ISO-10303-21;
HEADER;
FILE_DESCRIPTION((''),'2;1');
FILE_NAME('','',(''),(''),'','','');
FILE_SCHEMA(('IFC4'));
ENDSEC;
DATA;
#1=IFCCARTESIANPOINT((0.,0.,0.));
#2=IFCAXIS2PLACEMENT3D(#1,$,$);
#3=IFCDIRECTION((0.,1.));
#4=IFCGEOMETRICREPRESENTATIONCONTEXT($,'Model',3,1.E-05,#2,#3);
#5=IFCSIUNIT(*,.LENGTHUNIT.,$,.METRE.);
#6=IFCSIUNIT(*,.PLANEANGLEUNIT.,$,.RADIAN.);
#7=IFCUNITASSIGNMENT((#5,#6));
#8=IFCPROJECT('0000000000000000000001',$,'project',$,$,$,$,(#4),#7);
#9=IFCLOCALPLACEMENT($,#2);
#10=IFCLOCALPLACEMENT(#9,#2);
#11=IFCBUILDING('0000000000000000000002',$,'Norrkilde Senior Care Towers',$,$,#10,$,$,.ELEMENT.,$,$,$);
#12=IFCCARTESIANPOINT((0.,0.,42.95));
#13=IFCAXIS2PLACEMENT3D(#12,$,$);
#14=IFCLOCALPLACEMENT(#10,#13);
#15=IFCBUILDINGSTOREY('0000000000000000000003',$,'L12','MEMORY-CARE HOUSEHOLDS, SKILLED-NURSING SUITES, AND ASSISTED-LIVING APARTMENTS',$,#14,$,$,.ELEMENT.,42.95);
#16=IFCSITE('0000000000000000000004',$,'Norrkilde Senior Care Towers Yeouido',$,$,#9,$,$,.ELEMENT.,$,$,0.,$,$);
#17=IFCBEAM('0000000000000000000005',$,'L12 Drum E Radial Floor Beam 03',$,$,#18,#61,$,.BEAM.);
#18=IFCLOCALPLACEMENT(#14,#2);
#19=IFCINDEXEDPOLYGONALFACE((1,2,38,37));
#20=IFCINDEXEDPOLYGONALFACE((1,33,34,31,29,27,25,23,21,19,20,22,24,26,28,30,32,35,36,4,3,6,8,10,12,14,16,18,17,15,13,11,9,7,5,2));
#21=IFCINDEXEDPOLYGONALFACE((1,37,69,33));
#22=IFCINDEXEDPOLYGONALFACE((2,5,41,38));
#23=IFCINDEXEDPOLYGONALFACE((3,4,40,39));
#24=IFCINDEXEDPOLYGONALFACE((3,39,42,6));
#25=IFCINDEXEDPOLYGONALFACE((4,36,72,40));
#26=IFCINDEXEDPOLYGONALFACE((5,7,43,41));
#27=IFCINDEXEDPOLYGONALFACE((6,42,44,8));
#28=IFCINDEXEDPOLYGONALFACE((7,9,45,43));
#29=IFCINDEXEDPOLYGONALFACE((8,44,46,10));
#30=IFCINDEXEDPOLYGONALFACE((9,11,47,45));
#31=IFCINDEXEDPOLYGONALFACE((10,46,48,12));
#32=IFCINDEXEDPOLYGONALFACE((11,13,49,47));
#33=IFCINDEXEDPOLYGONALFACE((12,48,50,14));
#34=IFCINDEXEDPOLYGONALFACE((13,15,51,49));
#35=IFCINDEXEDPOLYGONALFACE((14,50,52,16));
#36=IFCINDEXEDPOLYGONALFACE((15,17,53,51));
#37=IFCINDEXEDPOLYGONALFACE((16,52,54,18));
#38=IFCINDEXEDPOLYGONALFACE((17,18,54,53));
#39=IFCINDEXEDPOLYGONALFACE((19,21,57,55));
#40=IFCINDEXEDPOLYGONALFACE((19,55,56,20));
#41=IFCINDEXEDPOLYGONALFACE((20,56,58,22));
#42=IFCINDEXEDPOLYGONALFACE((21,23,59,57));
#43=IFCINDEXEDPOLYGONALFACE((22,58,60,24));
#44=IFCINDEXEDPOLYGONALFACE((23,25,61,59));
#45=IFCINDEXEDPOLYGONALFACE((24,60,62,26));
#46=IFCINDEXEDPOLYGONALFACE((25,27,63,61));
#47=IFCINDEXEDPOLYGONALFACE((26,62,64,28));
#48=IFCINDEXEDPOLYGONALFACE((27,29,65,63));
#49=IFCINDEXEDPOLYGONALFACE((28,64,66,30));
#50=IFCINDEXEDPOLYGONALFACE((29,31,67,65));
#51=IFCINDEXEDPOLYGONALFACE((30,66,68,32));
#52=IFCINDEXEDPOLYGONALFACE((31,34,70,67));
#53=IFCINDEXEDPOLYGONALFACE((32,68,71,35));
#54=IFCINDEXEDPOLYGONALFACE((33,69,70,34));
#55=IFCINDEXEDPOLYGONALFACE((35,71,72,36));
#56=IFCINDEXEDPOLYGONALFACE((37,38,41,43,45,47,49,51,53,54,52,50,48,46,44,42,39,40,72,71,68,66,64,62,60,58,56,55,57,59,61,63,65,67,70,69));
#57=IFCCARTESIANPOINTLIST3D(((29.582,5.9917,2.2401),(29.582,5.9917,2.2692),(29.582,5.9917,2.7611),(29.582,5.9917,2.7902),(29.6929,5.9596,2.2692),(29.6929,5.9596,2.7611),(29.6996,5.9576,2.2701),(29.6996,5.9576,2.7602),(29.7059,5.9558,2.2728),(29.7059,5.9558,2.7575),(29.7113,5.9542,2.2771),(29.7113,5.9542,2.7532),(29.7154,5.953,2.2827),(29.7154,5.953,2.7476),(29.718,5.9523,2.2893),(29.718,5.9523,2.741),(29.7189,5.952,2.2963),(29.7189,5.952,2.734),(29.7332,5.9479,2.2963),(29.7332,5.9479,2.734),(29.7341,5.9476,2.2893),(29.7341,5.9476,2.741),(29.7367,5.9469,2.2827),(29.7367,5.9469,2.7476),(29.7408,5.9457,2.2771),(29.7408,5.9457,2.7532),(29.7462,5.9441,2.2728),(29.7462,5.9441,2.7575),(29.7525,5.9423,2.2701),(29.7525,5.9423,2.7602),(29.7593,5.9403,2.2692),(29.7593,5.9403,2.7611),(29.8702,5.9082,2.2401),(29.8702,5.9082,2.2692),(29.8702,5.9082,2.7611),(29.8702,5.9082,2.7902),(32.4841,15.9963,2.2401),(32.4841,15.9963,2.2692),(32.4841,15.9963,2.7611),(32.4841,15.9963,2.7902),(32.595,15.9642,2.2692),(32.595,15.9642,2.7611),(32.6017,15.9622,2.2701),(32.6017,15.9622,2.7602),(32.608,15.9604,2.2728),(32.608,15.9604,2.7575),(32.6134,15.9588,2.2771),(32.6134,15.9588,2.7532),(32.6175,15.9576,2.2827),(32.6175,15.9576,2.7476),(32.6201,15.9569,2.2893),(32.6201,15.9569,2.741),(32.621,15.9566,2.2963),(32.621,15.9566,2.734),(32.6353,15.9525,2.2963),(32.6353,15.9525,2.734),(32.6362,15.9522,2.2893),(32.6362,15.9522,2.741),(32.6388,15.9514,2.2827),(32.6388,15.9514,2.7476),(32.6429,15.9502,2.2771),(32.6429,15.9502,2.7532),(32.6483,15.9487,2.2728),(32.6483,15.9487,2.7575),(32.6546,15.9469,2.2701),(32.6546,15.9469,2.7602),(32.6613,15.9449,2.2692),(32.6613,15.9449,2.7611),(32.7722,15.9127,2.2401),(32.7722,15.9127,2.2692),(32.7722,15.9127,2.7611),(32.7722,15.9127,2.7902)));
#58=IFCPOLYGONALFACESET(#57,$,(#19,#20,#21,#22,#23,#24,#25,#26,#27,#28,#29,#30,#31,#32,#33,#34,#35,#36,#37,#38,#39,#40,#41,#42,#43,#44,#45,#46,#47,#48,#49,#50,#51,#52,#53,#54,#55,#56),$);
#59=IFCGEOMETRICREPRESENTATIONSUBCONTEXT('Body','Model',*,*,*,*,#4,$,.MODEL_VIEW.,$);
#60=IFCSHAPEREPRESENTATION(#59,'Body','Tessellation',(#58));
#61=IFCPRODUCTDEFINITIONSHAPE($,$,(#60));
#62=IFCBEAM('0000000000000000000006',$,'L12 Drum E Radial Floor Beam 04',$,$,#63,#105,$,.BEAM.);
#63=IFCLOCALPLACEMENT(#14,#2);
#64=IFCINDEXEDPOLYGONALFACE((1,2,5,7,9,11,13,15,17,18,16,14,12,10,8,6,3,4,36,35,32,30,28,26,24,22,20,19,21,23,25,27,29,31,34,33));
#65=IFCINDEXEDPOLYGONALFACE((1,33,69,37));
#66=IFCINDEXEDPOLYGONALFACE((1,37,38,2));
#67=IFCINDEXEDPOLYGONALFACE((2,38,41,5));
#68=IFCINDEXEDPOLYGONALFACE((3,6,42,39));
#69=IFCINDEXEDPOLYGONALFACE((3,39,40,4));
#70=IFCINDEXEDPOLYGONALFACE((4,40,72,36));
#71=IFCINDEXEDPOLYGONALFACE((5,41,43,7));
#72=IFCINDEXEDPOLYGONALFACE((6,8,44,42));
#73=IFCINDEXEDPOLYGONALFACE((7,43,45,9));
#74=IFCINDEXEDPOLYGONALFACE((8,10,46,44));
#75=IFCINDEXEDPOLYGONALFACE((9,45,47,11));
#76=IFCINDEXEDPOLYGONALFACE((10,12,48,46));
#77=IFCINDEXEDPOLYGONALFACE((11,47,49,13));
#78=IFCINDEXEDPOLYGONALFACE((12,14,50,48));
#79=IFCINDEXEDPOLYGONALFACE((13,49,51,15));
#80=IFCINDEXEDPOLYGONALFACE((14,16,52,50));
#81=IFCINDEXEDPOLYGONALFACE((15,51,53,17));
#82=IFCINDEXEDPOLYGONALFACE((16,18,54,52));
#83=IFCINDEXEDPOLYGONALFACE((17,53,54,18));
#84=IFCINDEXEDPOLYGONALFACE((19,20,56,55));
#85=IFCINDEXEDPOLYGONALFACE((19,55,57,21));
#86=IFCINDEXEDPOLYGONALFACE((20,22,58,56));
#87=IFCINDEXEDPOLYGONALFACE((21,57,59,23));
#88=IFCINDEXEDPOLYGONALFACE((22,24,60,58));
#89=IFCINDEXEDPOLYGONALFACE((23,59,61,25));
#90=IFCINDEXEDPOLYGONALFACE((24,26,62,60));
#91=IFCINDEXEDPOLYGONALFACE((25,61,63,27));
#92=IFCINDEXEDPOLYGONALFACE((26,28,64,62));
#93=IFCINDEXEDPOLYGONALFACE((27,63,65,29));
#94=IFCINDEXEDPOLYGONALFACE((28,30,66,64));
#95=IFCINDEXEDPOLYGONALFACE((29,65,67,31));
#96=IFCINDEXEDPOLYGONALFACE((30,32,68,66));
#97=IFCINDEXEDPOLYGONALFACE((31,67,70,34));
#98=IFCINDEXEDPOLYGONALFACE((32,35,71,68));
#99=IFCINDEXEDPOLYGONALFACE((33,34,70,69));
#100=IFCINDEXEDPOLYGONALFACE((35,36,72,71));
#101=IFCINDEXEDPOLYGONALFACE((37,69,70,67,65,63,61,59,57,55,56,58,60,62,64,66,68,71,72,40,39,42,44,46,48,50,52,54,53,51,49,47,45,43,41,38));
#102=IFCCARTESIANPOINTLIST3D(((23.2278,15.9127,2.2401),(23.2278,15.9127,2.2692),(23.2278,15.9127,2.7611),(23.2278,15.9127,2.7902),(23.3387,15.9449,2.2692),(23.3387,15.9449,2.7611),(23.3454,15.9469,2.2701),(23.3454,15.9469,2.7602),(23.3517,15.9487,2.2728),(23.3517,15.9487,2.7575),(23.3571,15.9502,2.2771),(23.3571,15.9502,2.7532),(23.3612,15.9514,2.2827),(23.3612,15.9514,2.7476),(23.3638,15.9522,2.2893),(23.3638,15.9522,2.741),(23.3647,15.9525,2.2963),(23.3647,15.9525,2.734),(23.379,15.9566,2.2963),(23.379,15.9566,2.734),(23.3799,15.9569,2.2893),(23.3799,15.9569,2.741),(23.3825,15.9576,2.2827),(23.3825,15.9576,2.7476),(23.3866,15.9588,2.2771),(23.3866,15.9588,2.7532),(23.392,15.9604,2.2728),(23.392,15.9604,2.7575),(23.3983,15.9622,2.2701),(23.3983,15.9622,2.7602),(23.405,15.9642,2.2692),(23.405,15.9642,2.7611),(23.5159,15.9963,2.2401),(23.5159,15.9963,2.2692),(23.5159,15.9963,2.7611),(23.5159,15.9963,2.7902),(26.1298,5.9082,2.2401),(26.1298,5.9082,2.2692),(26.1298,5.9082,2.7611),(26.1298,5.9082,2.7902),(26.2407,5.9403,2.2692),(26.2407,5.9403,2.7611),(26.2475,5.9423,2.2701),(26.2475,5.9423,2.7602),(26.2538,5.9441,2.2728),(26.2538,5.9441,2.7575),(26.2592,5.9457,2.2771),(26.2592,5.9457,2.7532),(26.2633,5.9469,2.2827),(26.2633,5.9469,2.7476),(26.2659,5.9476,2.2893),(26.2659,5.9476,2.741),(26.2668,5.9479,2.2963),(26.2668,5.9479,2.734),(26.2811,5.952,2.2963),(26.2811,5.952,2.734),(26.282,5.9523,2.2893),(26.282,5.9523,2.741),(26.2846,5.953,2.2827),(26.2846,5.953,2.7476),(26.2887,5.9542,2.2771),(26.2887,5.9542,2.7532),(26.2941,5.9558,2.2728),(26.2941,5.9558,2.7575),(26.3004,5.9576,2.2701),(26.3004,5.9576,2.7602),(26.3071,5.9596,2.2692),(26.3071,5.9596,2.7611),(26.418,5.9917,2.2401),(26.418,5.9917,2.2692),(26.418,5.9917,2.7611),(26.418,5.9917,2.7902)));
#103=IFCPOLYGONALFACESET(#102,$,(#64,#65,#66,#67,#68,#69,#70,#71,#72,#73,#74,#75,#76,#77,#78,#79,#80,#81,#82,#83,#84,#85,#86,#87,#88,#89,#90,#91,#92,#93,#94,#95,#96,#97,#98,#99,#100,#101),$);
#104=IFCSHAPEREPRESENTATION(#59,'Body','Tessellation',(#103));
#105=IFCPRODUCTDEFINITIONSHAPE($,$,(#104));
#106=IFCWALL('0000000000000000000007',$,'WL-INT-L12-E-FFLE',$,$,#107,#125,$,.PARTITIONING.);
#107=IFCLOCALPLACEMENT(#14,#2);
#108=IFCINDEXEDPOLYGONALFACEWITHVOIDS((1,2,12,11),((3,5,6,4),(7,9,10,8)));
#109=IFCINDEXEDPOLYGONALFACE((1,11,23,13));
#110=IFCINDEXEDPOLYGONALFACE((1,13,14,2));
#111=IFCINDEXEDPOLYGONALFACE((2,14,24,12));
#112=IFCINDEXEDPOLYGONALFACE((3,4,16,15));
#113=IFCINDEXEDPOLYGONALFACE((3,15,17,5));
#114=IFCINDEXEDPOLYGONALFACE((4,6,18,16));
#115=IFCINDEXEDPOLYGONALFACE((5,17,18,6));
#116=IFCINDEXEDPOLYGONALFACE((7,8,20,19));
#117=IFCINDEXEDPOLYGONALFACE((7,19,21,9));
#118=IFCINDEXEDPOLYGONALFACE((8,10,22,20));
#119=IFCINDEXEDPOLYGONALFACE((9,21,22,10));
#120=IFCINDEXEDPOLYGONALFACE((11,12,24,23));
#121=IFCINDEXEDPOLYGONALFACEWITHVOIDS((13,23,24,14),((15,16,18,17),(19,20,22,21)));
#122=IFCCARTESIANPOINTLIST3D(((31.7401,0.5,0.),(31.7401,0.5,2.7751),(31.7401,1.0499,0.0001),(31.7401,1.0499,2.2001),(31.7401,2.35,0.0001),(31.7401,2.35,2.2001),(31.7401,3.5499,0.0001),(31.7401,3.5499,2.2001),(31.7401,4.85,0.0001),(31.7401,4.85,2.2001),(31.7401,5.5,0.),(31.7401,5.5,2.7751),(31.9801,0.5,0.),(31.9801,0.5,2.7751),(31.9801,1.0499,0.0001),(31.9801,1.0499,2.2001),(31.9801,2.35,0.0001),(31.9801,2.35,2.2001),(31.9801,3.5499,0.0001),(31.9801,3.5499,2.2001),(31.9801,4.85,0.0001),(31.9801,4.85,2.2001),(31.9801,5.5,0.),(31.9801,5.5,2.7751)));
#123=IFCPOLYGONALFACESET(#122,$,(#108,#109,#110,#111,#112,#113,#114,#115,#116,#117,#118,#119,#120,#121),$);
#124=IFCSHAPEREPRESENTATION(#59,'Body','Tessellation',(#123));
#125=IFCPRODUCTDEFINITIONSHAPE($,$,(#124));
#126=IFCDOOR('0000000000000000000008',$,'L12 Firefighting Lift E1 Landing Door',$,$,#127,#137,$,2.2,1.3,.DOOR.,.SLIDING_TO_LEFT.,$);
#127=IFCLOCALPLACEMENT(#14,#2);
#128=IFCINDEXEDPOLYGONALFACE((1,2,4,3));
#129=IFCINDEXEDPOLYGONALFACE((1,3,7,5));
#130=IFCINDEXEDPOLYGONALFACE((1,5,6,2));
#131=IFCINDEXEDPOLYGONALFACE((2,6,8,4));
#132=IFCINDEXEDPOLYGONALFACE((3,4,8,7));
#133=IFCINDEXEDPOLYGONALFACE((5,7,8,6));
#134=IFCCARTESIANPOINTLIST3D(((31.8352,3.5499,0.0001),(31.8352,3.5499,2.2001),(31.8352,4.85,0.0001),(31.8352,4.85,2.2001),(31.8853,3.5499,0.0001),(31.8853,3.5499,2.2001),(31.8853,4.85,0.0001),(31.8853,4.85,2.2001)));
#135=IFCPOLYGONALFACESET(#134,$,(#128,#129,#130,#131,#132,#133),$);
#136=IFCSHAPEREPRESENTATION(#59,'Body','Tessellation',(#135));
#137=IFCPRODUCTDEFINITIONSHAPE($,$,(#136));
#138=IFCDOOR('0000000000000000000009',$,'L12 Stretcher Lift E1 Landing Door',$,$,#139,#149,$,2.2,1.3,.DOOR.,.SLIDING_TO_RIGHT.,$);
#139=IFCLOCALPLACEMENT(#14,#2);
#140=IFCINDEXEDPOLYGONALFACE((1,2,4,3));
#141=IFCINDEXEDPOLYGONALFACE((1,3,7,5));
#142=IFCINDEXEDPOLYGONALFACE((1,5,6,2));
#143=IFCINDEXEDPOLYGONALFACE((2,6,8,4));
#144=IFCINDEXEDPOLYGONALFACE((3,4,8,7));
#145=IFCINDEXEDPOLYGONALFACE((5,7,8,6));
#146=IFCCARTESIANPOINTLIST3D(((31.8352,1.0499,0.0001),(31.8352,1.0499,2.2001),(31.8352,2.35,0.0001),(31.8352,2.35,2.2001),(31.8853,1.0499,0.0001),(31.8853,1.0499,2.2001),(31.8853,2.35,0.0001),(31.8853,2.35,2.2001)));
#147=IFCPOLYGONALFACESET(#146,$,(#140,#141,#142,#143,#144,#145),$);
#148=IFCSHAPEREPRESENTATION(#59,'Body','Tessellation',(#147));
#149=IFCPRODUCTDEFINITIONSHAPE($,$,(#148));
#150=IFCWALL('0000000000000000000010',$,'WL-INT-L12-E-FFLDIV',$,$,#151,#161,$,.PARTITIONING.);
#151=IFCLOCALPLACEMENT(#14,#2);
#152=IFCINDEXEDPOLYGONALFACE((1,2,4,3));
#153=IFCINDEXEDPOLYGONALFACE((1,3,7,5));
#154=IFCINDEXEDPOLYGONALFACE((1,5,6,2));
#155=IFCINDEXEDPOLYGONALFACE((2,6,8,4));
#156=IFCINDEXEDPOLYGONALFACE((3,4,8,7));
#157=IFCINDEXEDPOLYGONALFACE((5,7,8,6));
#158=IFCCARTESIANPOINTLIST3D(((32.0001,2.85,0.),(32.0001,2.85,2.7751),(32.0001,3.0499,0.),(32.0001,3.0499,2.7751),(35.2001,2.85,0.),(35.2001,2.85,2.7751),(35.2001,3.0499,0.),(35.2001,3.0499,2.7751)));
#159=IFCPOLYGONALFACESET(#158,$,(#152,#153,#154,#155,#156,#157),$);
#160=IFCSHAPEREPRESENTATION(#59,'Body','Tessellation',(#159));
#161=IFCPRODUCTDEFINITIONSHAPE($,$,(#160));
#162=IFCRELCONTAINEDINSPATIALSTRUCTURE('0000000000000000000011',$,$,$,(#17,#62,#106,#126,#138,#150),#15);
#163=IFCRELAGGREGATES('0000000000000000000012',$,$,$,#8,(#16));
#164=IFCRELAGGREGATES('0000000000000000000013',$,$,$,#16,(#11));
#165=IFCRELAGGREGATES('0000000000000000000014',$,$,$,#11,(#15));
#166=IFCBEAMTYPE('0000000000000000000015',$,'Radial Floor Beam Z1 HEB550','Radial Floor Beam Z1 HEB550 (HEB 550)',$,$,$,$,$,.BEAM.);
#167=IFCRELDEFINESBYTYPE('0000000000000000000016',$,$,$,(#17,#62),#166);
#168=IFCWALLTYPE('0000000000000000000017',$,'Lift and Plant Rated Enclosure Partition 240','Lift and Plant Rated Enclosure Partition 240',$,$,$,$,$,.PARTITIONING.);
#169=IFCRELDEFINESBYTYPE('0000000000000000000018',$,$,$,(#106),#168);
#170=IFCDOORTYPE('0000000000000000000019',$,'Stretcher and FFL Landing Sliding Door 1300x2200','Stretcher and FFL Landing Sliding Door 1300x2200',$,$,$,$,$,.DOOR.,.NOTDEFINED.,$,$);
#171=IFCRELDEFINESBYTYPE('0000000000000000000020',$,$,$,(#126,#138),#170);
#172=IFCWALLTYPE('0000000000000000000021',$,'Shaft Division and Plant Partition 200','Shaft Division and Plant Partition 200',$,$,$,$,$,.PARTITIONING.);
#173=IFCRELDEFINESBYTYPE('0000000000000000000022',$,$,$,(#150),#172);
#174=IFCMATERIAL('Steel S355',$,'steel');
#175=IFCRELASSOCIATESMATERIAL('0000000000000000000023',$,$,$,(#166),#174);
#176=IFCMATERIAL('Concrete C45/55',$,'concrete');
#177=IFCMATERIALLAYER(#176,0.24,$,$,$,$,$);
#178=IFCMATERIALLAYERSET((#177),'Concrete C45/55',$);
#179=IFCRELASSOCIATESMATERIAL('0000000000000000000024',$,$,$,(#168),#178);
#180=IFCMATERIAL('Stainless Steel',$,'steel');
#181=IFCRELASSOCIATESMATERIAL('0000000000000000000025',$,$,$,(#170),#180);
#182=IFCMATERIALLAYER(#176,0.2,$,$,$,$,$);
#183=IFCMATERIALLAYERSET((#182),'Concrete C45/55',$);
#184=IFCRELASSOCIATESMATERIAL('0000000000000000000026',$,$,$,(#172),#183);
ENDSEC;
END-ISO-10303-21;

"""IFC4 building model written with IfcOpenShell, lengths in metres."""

from ifc_helpers import new_model, si_unit, direction, frame, frame_2d, origin, origin_2d, place, context, subcontext, project, spatial, rectangle, i_section, extrude, source, transform, mapped, material, layer, layer_set, material_profile, profile_set, type_object, type_shapes, element, fill, save


model = new_model("IFC4")

# Units and contexts
model_context = context("Model", 3, precision=1e-05, world=origin(), true_north=direction((0.0, 1.0)))
body_context = subcontext(model_context, "Body", "Model", "MODEL_VIEW")
ifc_project = project(units=[si_unit("LENGTHUNIT", "METRE"), si_unit("PLANEANGLEUNIT", "RADIAN")], contexts=[model_context])

# Site, building, storey
site_placement = place(None, origin())
site = spatial("IfcSite", under=ifc_project, at=site_placement, Name="Norrkilde Senior Care Towers Yeouido", CompositionType="ELEMENT", RefElevation=0.0)
building_placement = place(site_placement, origin())
building = spatial("IfcBuilding", under=site, at=building_placement, Name="Norrkilde Senior Care Towers", CompositionType="ELEMENT")
storey_placement = place(building_placement, frame((0.0, 0.0, 42.95)))
storey = spatial("IfcBuildingStorey", under=building, at=storey_placement, Name="L12", Description="MEMORY-CARE HOUSEHOLDS, SKILLED-NURSING SUITES, AND ASSISTED-LIVING APARTMENTS", CompositionType="ELEMENT", Elevation=42.95)

# Beams
ifc_material_1 = material(Name="Steel S355", Category="steel")
ifc_material_profile = material_profile(ifc_material_1, i_section(OverallWidth=0.3, OverallDepth=0.55, WebThickness=0.0149, FlangeThickness=0.0291, FilletRadius=0.0271, at=origin_2d()), Name="HEB 550")
ifc_profile_set = profile_set([ifc_material_profile], Name="Steel S355")
beam_type = type_object("IfcBeamType", Name="Radial Floor Beam Z1 HEB550", Description="Radial Floor Beam Z1 HEB550 (HEB 550)", PredefinedType="BEAM", material=ifc_profile_set)
shared_shape_1 = source(origin(), body_context, "Body", "SweptSolid", [
    extrude(i_section(OverallWidth=0.3, OverallDepth=0.55, WebThickness=0.0149, FlangeThickness=0.0291, FilletRadius=0.0271, at=origin_2d()), origin(), (0.0, 0.0, 1.0), 10.417),
])
type_shapes(beam_type, [shared_shape_1])
for number, where, z_axis, x_axis, name in (
    (1, (29.7261, 5.95, 2.5151), (0.278591, 0.96041, 0.0), (-0.96041, 0.278591, 0.0), "L12 Drum E Radial Floor Beam 03"),
    (2, (26.2739, 5.95, 2.5151), (-0.278591, 0.96041, 0.0), (-0.96041, -0.278591, 0.0), "L12 Drum E Radial Floor Beam 04"),
):
    element("IfcBeam", number, at=place(storey_placement, frame(where, z_axis=z_axis, x_axis=x_axis)), inside=storey, type_object=beam_type, Name=name, PredefinedType="BEAM", context=body_context, shape_type="MappedRepresentation", body=[
        mapped(shared_shape_1, transform((0.0, 0.0, 0.0), x_axis=(1.0, 0.0, 0.0), y_axis=(0.0, 1.0, 0.0), z_axis=(0.0, 0.0, 1.0), scale=1.0)),
    ])

# Shared definitions
ifc_material_2 = material(Name="Concrete C45/55", Category="concrete")

# Wall, openings, doors
ifc_layer_1 = layer(ifc_material_2, 0.24)
ifc_layer_set_1 = layer_set([ifc_layer_1], Name="Concrete C45/55")
wall_type_1 = type_object("IfcWallType", Name="Lift and Plant Rated Enclosure Partition 240", Description="Lift and Plant Rated Enclosure Partition 240", PredefinedType="PARTITIONING", material=ifc_layer_set_1)
shared_shape_2 = source(origin(), body_context, "Body", "SweptSolid", [
    extrude(rectangle(XDim=5.0, YDim=0.24, at=frame_2d((2.5, 0.0))), origin(), (0.0, 0.0, 1.0), 2.7751),
])
type_shapes(wall_type_1, [shared_shape_2])
wall_1_placement = place(storey_placement, frame((31.8601, 0.5, 0.0), z_axis=(0.0, 0.0, 1.0), x_axis=(0.0, 1.0, 0.0)))
wall_1 = element("IfcWall", 3, at=wall_1_placement, inside=storey, type_object=wall_type_1, Name="WL-INT-L12-E-FFLE", PredefinedType="PARTITIONING", context=body_context, shape_type="MappedRepresentation", body=[
    mapped(shared_shape_2, transform((0.0, 0.0, 0.0), x_axis=(1.0, 0.0, 0.0), y_axis=(0.0, 1.0, 0.0), z_axis=(0.0, 0.0, 1.0), scale=1.0)),
])
opening_1_placement = place(wall_1_placement, frame((3.05, 0.0, 0.0)))
opening_1 = element("IfcOpeningElement", 4, at=opening_1_placement, cuts=wall_1, PredefinedType="OPENING", context=body_context, shape_type="SweptSolid", body=[
    extrude(rectangle(XDim=1.3, YDim=2.2, at=frame_2d((0.6499, 1.1001))), frame((0.0, 0.1299, 0.0), z_axis=(0.0, -1.0, 0.0), x_axis=(1.0, 0.0, 0.0)), (0.0, 0.0, 1.0), 0.26),
])
opening_2_placement = place(wall_1_placement, frame((0.55, 0.0, 0.0)))
opening_2 = element("IfcOpeningElement", 5, at=opening_2_placement, cuts=wall_1, PredefinedType="OPENING", context=body_context, shape_type="SweptSolid", body=[
    extrude(rectangle(XDim=1.3, YDim=2.2, at=frame_2d((0.6499, 1.1001))), frame((0.0, 0.1299, 0.0), z_axis=(0.0, -1.0, 0.0), x_axis=(1.0, 0.0, 0.0)), (0.0, 0.0, 1.0), 0.26),
])
ifc_material_3 = material(Name="Stainless Steel", Category="steel")
door_type_1 = type_object("IfcDoorType", Name="Stretcher and FFL Landing Sliding Door 1300x2200", Description="Stretcher and FFL Landing Sliding Door 1300x2200", OperationType="NOTDEFINED", PredefinedType="DOOR", material=ifc_material_3)
shared_shape_3 = source(origin(), body_context, "Body", "SweptSolid", [
    extrude(rectangle(XDim=1.3, YDim=2.2, at=frame_2d((0.6499, 1.1001))), frame((0.0, 0.0249, 0.0), z_axis=(0.0, -1.0, 0.0), x_axis=(1.0, 0.0, 0.0)), (0.0, 0.0, 1.0), 0.05),
])
type_shapes(door_type_1, [shared_shape_3])
door_1_placement = place(opening_1_placement, origin())
door_1 = element("IfcDoor", 6, at=door_1_placement, inside=storey, type_object=door_type_1, Name="L12 Firefighting Lift E1 Landing Door", OperationType="SLIDING_TO_LEFT", OverallHeight=2.2, OverallWidth=1.3, PredefinedType="DOOR", context=body_context, shape_type="MappedRepresentation", body=[
    mapped(shared_shape_3, transform((0.0, 0.0, 0.0), x_axis=(1.0, 0.0, 0.0), y_axis=(0.0, 1.0, 0.0), z_axis=(0.0, 0.0, 1.0), scale=1.0)),
])
fill(opening_1, door_1)
door_2_placement = place(opening_2_placement, origin())
door_2 = element("IfcDoor", 7, at=door_2_placement, inside=storey, type_object=door_type_1, Name="L12 Stretcher Lift E1 Landing Door", OperationType="SLIDING_TO_RIGHT", OverallHeight=2.2, OverallWidth=1.3, PredefinedType="DOOR", context=body_context, shape_type="MappedRepresentation", body=[
    mapped(shared_shape_3, transform((0.0, 0.0, 0.0), x_axis=(1.0, 0.0, 0.0), y_axis=(0.0, 1.0, 0.0), z_axis=(0.0, 0.0, 1.0), scale=1.0)),
])
fill(opening_2, door_2)

# Wall
ifc_layer_2 = layer(ifc_material_2, 0.2)
ifc_layer_set_2 = layer_set([ifc_layer_2], Name="Concrete C45/55")
wall_type_2 = type_object("IfcWallType", Name="Shaft Division and Plant Partition 200", Description="Shaft Division and Plant Partition 200", PredefinedType="PARTITIONING", material=ifc_layer_set_2)
shared_shape_4 = source(origin(), body_context, "Body", "SweptSolid", [
    extrude(rectangle(XDim=3.2, YDim=0.2, at=frame_2d((1.6001, 0.0))), origin(), (0.0, 0.0, 1.0), 2.7751),
])
type_shapes(wall_type_2, [shared_shape_4])
wall_2_placement = place(storey_placement, frame((32.0, 2.95, 0.0), z_axis=(0.0, 0.0, 1.0), x_axis=(1.0, 0.0, 0.0)))
element("IfcWall", 8, at=wall_2_placement, inside=storey, type_object=wall_type_2, Name="WL-INT-L12-E-FFLDIV", PredefinedType="PARTITIONING", context=body_context, shape_type="MappedRepresentation", body=[
    mapped(shared_shape_4, transform((0.0, 0.0, 0.0), x_axis=(1.0, 0.0, 0.0), y_axis=(0.0, 1.0, 0.0), z_axis=(0.0, 0.0, 1.0), scale=1.0)),
])

save(model, "model.ifc")
